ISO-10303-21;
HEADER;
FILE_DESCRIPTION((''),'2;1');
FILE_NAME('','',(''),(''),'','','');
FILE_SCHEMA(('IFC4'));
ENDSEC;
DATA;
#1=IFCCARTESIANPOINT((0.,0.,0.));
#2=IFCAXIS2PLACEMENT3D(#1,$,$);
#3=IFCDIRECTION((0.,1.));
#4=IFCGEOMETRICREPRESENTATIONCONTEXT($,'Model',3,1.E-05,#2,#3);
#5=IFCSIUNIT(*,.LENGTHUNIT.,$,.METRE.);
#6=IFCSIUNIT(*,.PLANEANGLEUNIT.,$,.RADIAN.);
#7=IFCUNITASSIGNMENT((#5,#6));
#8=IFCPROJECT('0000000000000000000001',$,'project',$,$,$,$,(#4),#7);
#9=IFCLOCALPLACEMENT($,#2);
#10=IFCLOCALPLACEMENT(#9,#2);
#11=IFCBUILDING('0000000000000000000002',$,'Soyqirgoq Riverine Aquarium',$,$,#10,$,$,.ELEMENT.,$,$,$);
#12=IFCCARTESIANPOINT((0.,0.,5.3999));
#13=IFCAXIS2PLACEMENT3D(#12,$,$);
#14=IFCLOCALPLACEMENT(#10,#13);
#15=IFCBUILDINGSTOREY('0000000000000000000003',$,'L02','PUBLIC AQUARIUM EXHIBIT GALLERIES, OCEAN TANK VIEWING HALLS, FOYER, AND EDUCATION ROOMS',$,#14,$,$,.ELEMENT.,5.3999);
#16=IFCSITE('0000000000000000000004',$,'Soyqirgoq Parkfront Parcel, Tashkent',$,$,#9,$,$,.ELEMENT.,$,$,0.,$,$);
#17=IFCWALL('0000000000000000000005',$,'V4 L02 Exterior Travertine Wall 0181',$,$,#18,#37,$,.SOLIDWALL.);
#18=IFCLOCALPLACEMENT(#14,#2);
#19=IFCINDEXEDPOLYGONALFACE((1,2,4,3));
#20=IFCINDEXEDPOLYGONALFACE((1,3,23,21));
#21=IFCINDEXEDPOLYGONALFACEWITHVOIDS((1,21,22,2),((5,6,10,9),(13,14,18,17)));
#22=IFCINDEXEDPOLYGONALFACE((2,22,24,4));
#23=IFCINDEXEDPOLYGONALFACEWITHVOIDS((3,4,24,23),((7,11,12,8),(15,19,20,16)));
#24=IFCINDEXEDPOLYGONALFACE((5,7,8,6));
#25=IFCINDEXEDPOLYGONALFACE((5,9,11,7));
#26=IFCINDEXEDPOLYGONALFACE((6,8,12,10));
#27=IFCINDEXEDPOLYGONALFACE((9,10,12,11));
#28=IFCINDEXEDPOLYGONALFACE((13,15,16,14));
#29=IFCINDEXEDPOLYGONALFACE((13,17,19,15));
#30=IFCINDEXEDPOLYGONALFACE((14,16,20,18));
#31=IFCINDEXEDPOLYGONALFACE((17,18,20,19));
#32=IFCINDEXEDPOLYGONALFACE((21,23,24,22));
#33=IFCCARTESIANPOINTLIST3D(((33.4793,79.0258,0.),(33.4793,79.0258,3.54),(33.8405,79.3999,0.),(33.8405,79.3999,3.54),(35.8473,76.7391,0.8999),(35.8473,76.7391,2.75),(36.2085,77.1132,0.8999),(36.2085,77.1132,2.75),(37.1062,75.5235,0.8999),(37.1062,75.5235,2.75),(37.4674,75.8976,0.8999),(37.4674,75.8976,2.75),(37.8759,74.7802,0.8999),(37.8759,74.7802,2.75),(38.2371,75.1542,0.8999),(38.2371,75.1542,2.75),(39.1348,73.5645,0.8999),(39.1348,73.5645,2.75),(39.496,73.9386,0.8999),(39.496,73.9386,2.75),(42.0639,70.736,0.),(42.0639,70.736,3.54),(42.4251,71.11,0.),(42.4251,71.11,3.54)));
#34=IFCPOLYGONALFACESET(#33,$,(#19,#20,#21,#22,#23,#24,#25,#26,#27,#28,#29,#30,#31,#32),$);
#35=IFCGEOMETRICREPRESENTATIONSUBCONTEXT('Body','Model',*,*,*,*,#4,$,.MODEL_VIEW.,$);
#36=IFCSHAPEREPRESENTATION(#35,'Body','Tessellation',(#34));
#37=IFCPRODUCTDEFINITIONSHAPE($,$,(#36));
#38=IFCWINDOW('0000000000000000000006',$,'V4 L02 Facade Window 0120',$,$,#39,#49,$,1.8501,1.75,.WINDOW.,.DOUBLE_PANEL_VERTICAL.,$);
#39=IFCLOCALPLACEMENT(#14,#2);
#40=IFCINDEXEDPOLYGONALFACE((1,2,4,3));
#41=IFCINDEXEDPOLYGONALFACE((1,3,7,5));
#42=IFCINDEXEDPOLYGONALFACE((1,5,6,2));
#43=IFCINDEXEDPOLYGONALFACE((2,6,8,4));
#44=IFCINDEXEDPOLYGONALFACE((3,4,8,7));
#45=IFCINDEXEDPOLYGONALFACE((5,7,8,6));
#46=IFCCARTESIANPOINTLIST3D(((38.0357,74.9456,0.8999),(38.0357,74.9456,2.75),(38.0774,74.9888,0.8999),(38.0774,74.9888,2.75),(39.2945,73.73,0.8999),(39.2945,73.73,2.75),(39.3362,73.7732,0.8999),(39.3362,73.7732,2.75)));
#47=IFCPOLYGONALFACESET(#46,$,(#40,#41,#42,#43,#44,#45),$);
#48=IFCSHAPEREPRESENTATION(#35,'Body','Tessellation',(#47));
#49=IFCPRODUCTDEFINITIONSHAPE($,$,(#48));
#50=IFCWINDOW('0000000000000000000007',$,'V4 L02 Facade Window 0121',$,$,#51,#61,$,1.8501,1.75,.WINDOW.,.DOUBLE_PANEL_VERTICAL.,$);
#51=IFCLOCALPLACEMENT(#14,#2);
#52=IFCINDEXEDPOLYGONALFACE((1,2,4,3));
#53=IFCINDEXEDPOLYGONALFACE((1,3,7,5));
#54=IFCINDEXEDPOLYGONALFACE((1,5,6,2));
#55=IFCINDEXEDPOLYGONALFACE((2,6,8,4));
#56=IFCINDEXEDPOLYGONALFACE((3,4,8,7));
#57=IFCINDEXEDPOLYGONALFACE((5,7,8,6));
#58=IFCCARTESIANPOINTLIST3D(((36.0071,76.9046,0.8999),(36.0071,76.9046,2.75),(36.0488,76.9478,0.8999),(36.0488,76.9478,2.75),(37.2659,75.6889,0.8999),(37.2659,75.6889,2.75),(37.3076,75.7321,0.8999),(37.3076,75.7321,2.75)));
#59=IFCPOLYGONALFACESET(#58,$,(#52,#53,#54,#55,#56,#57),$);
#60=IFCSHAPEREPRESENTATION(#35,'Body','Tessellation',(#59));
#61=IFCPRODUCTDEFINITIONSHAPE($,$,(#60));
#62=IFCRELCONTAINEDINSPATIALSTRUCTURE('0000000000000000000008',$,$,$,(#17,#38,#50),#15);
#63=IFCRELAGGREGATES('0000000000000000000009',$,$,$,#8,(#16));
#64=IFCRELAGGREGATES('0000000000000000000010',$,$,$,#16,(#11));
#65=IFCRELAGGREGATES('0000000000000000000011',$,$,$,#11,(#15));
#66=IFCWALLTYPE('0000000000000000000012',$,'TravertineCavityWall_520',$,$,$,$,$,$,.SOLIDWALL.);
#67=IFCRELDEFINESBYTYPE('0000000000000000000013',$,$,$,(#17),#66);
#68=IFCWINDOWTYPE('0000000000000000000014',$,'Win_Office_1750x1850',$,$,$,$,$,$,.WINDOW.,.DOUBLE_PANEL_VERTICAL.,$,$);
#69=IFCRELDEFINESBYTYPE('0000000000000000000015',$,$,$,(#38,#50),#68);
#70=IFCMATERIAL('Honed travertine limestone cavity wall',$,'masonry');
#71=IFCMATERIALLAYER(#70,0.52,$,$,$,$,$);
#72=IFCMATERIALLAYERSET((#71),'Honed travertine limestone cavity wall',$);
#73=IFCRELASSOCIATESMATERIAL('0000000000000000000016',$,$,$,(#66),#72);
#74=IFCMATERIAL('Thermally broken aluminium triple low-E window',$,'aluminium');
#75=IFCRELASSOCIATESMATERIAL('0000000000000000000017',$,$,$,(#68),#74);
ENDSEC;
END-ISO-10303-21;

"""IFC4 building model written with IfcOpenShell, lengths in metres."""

from ifc_helpers import new_model, si_unit, direction, frame, frame_2d, origin, place, context, subcontext, project, spatial, rectangle, extrude, material, layer, layer_set, type_object, element, fill, save


model = new_model("IFC4")

# Units and contexts
model_context = context("Model", 3, precision=1e-05, world=origin(), true_north=direction((0.0, 1.0)))
body_context = subcontext(model_context, "Body", "Model", "MODEL_VIEW")
ifc_project = project(units=[si_unit("LENGTHUNIT", "METRE"), si_unit("PLANEANGLEUNIT", "RADIAN")], contexts=[model_context])

# Site, building, storey
site_placement = place(None, origin())
site = spatial("IfcSite", under=ifc_project, at=site_placement, Name="Soyqirgoq Parkfront Parcel, Tashkent", CompositionType="ELEMENT", RefElevation=0.0)
building_placement = place(site_placement, origin())
building = spatial("IfcBuilding", under=site, at=building_placement, Name="Soyqirgoq Riverine Aquarium", CompositionType="ELEMENT")
storey_placement = place(building_placement, frame((0.0, 0.0, 5.3999)))
storey = spatial("IfcBuildingStorey", under=building, at=storey_placement, Name="L02", Description="PUBLIC AQUARIUM EXHIBIT GALLERIES, OCEAN TANK VIEWING HALLS, FOYER, AND EDUCATION ROOMS", CompositionType="ELEMENT", Elevation=5.3999)

# Wall, openings, windows
ifc_material_1 = material(Name="Honed travertine limestone cavity wall", Category="masonry")
ifc_layer_1 = layer(ifc_material_1, 0.52)
ifc_layer_set_1 = layer_set([ifc_layer_1], Name="Honed travertine limestone cavity wall")
wall_type_1 = type_object("IfcWallType", Name="TravertineCavityWall_520", PredefinedType="SOLIDWALL", material=ifc_layer_set_1)
wall_1_placement = place(storey_placement, frame((42.2444, 70.9231, 0.0), z_axis=(0.0, 0.0, 1.0), x_axis=(-0.719345, 0.694653, 0.0)))
wall_1 = element("IfcWall", 1, at=wall_1_placement, inside=storey, type_object=wall_type_1, Name="V4 L02 Exterior Travertine Wall 0181", PredefinedType="SOLIDWALL", context=body_context, shape_type="SweptSolid", body=[
    extrude(rectangle(XDim=11.9338, YDim=0.52, at=frame_2d((5.9668, 0.0))), origin(), (0.0, 0.0, 1.0), 3.54),
])
opening_1_placement = place(wall_1_placement, frame((4.0718, 0.0, 0.8999)))
opening_1 = element("IfcOpeningElement", 2, at=opening_1_placement, cuts=wall_1, PredefinedType="OPENING", context=body_context, shape_type="SweptSolid", body=[
    extrude(rectangle(XDim=1.75, YDim=1.8501, at=frame_2d((0.875, 0.925))), frame((0.0, 0.27, 0.0), z_axis=(0.0, -1.0, 0.0), x_axis=(1.0, 0.0, 0.0)), (0.0, 0.0, 1.0), 0.54),
])
opening_2_placement = place(wall_1_placement, frame((6.8918, 0.0, 0.8999)))
opening_2 = element("IfcOpeningElement", 3, at=opening_2_placement, cuts=wall_1, PredefinedType="OPENING", context=body_context, shape_type="SweptSolid", body=[
    extrude(rectangle(XDim=1.75, YDim=1.8501, at=frame_2d((0.875, 0.925))), frame((0.0, 0.27, 0.0), z_axis=(0.0, -1.0, 0.0), x_axis=(1.0, 0.0, 0.0)), (0.0, 0.0, 1.0), 0.54),
])
ifc_material_2 = material(Name="Thermally broken aluminium triple low-E window", Category="aluminium")
window_type = type_object("IfcWindowType", Name="Win_Office_1750x1850", PartitioningType="DOUBLE_PANEL_VERTICAL", PredefinedType="WINDOW", material=ifc_material_2)
window_1_placement = place(opening_1_placement, origin())
window_1 = element("IfcWindow", 4, at=window_1_placement, inside=storey, type_object=window_type, Name="V4 L02 Facade Window 0120", OverallHeight=1.8501, OverallWidth=1.75, PartitioningType="DOUBLE_PANEL_VERTICAL", PredefinedType="WINDOW", context=body_context, shape_type="SweptSolid", body=[
    extrude(rectangle(XDim=1.75, YDim=1.8501, at=frame_2d((0.875, 0.925))), frame((0.0, 0.03, 0.0), z_axis=(0.0, -1.0, 0.0), x_axis=(1.0, 0.0, 0.0)), (0.0, 0.0, 1.0), 0.0601),
])
fill(opening_1, window_1)
window_2_placement = place(opening_2_placement, origin())
window_2 = element("IfcWindow", 5, at=window_2_placement, inside=storey, type_object=window_type, Name="V4 L02 Facade Window 0121", OverallHeight=1.8501, OverallWidth=1.75, PartitioningType="DOUBLE_PANEL_VERTICAL", PredefinedType="WINDOW", context=body_context, shape_type="SweptSolid", body=[
    extrude(rectangle(XDim=1.75, YDim=1.8501, at=frame_2d((0.875, 0.925))), frame((0.0, 0.03, 0.0), z_axis=(0.0, -1.0, 0.0), x_axis=(1.0, 0.0, 0.0)), (0.0, 0.0, 1.0), 0.0601),
])
fill(opening_2, window_2)

save(model, "model.ifc")
